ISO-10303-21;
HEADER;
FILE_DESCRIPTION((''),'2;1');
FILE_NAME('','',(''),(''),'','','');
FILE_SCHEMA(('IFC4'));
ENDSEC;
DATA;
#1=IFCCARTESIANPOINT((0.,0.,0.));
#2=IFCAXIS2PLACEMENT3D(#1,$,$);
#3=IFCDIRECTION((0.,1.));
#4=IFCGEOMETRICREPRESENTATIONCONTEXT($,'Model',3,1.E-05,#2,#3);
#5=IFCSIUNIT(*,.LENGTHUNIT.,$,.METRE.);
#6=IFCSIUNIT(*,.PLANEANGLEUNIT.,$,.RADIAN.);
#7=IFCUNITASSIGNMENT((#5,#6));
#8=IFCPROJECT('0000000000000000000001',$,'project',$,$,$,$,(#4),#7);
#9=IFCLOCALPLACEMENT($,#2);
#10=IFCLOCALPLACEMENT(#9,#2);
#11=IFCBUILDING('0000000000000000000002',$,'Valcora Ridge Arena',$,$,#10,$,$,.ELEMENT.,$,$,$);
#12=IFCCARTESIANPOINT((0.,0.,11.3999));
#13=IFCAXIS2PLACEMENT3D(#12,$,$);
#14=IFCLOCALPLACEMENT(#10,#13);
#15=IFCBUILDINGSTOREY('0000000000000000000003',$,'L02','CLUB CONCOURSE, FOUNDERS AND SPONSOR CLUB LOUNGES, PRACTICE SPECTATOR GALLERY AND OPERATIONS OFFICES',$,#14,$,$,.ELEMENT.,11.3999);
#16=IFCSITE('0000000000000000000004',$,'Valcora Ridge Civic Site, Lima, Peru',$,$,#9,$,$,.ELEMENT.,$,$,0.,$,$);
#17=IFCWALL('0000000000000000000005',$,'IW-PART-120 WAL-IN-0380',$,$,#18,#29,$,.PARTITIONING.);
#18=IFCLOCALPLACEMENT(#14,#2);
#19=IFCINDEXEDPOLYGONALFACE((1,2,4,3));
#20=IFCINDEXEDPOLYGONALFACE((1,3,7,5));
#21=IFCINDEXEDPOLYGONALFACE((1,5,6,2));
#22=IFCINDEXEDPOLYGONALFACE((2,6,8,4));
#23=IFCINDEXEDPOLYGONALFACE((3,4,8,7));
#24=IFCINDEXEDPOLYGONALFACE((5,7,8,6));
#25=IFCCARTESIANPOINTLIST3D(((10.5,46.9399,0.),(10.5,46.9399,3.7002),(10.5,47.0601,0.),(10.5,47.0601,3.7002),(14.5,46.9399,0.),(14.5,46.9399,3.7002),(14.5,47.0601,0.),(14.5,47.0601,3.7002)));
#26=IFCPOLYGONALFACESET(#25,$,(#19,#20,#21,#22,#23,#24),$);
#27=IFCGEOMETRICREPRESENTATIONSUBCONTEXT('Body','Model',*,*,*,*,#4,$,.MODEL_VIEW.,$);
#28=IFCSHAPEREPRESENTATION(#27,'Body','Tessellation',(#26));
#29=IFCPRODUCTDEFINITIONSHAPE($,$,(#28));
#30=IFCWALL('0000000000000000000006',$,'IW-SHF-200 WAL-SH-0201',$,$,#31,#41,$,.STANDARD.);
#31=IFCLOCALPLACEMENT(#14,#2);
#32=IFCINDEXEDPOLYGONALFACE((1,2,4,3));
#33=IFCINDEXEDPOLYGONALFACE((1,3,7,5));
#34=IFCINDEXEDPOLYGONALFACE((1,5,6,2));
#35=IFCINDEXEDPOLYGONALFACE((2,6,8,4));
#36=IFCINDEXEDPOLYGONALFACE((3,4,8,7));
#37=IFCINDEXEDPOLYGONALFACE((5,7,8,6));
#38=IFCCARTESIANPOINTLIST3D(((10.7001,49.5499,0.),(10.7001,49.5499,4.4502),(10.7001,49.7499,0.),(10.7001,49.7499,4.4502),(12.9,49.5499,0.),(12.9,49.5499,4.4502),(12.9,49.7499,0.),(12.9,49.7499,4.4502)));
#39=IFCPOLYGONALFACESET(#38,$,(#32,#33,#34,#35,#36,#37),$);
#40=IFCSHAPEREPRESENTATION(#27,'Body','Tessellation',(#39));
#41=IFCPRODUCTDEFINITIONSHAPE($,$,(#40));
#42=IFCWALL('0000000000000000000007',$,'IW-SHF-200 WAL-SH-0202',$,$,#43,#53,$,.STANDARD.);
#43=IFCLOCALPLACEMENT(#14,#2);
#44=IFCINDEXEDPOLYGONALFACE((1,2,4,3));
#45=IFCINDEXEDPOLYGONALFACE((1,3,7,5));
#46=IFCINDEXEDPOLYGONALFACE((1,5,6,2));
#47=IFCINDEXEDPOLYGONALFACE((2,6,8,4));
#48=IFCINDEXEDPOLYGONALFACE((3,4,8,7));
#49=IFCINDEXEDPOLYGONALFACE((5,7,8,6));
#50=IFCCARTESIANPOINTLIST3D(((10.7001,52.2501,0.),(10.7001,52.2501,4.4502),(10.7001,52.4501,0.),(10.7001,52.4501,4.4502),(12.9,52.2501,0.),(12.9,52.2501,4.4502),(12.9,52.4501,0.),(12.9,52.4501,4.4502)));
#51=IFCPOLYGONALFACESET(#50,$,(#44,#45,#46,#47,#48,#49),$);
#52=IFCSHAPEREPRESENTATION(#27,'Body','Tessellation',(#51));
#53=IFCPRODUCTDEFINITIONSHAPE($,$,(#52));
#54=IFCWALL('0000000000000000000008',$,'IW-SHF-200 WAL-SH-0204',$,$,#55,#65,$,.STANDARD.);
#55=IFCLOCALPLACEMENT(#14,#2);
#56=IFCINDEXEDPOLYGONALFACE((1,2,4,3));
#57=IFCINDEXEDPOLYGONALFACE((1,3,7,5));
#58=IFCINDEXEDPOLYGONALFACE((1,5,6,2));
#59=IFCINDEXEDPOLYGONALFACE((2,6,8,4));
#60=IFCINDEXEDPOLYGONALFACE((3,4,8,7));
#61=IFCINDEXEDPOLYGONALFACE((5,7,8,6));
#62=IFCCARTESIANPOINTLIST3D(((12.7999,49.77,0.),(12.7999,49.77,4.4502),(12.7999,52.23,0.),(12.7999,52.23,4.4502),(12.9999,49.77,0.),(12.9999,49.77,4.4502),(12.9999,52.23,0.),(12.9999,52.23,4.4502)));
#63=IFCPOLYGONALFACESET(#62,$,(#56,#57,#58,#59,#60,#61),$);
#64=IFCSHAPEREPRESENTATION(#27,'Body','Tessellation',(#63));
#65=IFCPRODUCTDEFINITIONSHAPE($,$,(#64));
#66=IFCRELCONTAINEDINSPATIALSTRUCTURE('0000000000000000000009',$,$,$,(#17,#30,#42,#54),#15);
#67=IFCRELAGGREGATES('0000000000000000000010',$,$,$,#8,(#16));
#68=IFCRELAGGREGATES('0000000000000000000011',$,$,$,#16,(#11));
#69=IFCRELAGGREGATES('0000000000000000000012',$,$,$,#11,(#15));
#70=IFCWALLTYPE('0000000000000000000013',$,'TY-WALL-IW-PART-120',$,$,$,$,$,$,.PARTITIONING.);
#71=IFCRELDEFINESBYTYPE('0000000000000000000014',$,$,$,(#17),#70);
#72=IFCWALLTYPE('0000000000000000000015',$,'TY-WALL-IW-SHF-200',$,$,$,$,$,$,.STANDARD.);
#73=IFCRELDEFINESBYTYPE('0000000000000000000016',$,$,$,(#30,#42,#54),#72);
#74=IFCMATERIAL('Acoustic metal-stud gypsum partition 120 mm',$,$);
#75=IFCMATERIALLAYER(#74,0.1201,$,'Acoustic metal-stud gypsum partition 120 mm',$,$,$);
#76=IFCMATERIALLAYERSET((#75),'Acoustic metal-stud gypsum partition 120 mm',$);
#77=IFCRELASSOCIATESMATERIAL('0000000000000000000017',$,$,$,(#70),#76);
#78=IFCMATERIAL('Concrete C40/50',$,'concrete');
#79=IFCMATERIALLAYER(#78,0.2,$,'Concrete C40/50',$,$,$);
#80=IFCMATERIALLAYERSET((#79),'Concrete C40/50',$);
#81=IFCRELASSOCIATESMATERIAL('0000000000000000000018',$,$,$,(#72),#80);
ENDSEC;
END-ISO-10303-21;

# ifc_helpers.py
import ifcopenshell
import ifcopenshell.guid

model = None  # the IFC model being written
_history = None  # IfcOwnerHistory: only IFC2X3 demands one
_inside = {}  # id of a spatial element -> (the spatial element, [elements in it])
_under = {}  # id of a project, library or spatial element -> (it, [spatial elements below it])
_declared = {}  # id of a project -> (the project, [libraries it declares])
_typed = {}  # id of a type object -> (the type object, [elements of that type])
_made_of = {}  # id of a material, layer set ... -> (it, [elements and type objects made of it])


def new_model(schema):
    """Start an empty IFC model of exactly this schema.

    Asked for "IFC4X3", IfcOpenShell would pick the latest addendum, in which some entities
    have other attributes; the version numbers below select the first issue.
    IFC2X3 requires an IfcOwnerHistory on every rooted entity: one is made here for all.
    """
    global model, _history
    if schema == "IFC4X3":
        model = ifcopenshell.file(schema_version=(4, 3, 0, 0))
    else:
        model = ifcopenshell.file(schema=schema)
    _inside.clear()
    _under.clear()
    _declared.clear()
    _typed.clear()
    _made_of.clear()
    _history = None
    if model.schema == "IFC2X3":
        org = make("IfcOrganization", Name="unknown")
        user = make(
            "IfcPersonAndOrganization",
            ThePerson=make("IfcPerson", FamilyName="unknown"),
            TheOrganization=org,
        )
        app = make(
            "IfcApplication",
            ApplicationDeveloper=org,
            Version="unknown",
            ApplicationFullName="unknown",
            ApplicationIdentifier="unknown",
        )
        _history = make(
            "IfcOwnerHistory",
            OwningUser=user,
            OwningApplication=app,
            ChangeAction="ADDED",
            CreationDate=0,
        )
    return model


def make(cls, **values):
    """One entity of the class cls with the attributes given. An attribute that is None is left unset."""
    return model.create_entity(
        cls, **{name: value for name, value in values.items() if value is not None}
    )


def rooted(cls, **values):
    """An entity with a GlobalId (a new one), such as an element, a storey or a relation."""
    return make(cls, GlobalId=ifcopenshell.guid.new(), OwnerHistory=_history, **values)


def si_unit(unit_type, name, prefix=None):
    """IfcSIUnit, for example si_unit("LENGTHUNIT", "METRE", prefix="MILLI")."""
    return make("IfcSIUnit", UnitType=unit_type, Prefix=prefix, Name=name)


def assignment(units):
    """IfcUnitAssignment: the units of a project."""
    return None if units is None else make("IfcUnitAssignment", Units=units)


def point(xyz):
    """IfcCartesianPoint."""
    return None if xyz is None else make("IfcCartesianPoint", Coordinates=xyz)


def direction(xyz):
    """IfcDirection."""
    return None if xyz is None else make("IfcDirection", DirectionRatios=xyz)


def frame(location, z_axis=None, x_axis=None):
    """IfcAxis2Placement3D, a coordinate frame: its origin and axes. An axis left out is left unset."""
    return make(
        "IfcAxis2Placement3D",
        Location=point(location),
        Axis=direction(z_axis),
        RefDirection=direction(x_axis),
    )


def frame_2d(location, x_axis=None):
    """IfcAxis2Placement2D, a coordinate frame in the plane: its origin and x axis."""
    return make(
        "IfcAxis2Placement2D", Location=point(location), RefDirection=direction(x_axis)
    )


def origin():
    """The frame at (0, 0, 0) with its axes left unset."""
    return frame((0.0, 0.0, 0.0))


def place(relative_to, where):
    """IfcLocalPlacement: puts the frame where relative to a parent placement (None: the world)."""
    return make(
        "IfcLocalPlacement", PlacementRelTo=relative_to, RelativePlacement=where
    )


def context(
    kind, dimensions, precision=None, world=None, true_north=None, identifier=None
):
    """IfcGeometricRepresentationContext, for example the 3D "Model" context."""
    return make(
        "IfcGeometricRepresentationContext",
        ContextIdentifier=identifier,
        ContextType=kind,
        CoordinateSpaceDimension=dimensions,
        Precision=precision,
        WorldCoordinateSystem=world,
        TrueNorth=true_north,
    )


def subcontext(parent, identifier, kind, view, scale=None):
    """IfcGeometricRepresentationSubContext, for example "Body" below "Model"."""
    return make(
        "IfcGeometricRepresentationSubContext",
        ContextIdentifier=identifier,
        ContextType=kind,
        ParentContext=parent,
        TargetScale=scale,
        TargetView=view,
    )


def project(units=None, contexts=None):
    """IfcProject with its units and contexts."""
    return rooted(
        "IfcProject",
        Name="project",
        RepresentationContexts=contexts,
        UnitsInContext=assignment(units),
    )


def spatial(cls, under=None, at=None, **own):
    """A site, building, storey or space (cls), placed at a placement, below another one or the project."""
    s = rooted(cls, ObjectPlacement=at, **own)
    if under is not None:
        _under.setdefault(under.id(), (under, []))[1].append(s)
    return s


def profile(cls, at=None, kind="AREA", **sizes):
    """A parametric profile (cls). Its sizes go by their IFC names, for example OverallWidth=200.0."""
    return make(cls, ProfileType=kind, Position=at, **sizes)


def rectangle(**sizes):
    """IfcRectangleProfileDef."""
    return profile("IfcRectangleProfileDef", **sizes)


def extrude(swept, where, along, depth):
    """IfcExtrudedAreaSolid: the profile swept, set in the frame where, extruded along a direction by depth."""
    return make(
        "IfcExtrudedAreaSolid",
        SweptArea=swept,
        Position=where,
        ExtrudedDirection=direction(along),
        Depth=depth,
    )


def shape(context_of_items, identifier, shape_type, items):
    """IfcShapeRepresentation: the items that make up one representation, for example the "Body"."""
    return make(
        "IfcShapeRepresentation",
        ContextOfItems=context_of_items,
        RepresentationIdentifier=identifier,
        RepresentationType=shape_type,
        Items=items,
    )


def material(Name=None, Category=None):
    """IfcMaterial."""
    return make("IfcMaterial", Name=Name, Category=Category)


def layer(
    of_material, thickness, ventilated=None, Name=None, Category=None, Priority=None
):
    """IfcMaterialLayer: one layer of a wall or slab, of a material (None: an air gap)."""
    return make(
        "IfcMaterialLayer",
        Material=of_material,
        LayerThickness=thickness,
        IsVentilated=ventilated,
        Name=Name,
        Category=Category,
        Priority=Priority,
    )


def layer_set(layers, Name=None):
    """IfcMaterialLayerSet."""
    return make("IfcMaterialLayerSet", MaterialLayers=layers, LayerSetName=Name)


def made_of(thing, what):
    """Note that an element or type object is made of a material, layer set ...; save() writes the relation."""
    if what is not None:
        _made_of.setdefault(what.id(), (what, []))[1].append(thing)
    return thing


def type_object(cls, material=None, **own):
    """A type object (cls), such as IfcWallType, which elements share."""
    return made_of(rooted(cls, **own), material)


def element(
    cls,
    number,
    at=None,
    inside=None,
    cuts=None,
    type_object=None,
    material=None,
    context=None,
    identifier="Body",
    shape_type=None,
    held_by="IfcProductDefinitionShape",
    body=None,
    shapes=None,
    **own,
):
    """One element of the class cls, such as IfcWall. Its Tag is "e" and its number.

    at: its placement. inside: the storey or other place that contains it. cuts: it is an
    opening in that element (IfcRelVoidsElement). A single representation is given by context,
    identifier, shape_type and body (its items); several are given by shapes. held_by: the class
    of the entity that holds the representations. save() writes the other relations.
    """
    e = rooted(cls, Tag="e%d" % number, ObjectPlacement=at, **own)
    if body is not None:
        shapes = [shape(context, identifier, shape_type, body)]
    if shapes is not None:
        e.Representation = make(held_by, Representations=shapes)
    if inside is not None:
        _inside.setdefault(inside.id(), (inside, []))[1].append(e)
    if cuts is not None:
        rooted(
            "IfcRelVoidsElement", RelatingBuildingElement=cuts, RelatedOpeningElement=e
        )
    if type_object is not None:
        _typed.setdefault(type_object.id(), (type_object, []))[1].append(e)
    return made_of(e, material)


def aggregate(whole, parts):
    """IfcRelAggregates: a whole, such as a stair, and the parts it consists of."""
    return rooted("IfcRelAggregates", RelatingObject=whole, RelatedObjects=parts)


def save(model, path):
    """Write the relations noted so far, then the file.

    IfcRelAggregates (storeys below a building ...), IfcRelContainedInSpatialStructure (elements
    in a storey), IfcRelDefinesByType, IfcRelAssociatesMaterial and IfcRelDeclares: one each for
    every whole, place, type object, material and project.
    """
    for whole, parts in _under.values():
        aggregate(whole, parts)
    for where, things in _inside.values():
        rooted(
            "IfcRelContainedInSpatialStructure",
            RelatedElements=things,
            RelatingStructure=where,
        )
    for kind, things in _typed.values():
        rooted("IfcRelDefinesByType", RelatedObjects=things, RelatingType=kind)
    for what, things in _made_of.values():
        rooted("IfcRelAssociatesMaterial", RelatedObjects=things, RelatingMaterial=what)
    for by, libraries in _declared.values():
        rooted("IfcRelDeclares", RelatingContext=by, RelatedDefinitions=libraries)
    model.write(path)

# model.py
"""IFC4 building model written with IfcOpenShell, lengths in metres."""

from ifc_helpers import new_model, si_unit, direction, frame, frame_2d, origin, place, context, subcontext, project, spatial, rectangle, extrude, material, layer, layer_set, type_object, element, save


model = new_model("IFC4")

# Units and contexts
model_context = context("Model", 3, precision=1e-05, world=origin(), true_north=direction((0.0, 1.0)))
body_context = subcontext(model_context, "Body", "Model", "MODEL_VIEW")
ifc_project = project(units=[si_unit("LENGTHUNIT", "METRE"), si_unit("PLANEANGLEUNIT", "RADIAN")], contexts=[model_context])

# Site, building, storey
site_placement = place(None, origin())
site = spatial("IfcSite", under=ifc_project, at=site_placement, Name="Valcora Ridge Civic Site, Lima, Peru", CompositionType="ELEMENT", RefElevation=0.0)
building_placement = place(site_placement, origin())
building = spatial("IfcBuilding", under=site, at=building_placement, Name="Valcora Ridge Arena", CompositionType="ELEMENT")
storey_placement = place(building_placement, frame((0.0, 0.0, 11.3999)))
storey = spatial("IfcBuildingStorey", under=building, at=storey_placement, Name="L02", Description="CLUB CONCOURSE, FOUNDERS AND SPONSOR CLUB LOUNGES, PRACTICE SPECTATOR GALLERY AND OPERATIONS OFFICES", CompositionType="ELEMENT", Elevation=11.3999)

# Shared definitions
ifc_material_1 = material(Name="Concrete C40/50", Category="concrete")

# Walls
ifc_material_2 = material(Name="Acoustic metal-stud gypsum partition 120 mm")
ifc_layer_1 = layer(ifc_material_2, 0.1201, Name="Acoustic metal-stud gypsum partition 120 mm")
ifc_layer_set_1 = layer_set([ifc_layer_1], Name="Acoustic metal-stud gypsum partition 120 mm")
wall_type_1 = type_object("IfcWallType", Name="TY-WALL-IW-PART-120", PredefinedType="PARTITIONING", material=ifc_layer_set_1)
wall_1_placement = place(storey_placement, frame((10.5, 47.0, 0.0), z_axis=(0.0, 0.0, 1.0), x_axis=(1.0, 0.0, 0.0)))
element("IfcWall", 1, at=wall_1_placement, inside=storey, type_object=wall_type_1, Name="IW-PART-120 WAL-IN-0380", PredefinedType="PARTITIONING", context=body_context, shape_type="SweptSolid", body=[
    extrude(rectangle(XDim=4.0, YDim=0.1201, at=frame_2d((2.0, 0.0))), origin(), (0.0, 0.0, 1.0), 3.7002),
])
ifc_layer_2 = layer(ifc_material_1, 0.2, Name="Concrete C40/50")
ifc_layer_set_2 = layer_set([ifc_layer_2], Name="Concrete C40/50")
wall_type_2 = type_object("IfcWallType", Name="TY-WALL-IW-SHF-200", PredefinedType="STANDARD", material=ifc_layer_set_2)
for number, where, z_axis, x_axis, name in (
    (2, (10.7, 49.6499, 0.0), (0.0, 0.0, 1.0), (1.0, 0.0, 0.0), "IW-SHF-200 WAL-SH-0201"),
    (3, (10.7, 52.3501, 0.0), (0.0, 0.0, 1.0), (1.0, 0.0, 0.0), "IW-SHF-200 WAL-SH-0202"),
):
    element("IfcWall", number, at=place(storey_placement, frame(where, z_axis=z_axis, x_axis=x_axis)), inside=storey, type_object=wall_type_2, Name=name, PredefinedType="STANDARD", context=body_context, shape_type="SweptSolid", body=[
        extrude(rectangle(XDim=2.2, YDim=0.2, at=frame_2d((1.1001, 0.0))), origin(), (0.0, 0.0, 1.0), 4.4502),
    ])

# Wall
wall_2_placement = place(storey_placement, frame((12.8999, 49.77, 0.0), z_axis=(0.0, 0.0, 1.0), x_axis=(0.0, 1.0, 0.0)))
element("IfcWall", 4, at=wall_2_placement, inside=storey, type_object=wall_type_2, Name="IW-SHF-200 WAL-SH-0204", PredefinedType="STANDARD", context=body_context, shape_type="SweptSolid", body=[
    extrude(rectangle(XDim=2.46, YDim=0.2, at=frame_2d((1.23, 0.0))), origin(), (0.0, 0.0, 1.0), 4.4502),
])

save(model, "model.ifc")
